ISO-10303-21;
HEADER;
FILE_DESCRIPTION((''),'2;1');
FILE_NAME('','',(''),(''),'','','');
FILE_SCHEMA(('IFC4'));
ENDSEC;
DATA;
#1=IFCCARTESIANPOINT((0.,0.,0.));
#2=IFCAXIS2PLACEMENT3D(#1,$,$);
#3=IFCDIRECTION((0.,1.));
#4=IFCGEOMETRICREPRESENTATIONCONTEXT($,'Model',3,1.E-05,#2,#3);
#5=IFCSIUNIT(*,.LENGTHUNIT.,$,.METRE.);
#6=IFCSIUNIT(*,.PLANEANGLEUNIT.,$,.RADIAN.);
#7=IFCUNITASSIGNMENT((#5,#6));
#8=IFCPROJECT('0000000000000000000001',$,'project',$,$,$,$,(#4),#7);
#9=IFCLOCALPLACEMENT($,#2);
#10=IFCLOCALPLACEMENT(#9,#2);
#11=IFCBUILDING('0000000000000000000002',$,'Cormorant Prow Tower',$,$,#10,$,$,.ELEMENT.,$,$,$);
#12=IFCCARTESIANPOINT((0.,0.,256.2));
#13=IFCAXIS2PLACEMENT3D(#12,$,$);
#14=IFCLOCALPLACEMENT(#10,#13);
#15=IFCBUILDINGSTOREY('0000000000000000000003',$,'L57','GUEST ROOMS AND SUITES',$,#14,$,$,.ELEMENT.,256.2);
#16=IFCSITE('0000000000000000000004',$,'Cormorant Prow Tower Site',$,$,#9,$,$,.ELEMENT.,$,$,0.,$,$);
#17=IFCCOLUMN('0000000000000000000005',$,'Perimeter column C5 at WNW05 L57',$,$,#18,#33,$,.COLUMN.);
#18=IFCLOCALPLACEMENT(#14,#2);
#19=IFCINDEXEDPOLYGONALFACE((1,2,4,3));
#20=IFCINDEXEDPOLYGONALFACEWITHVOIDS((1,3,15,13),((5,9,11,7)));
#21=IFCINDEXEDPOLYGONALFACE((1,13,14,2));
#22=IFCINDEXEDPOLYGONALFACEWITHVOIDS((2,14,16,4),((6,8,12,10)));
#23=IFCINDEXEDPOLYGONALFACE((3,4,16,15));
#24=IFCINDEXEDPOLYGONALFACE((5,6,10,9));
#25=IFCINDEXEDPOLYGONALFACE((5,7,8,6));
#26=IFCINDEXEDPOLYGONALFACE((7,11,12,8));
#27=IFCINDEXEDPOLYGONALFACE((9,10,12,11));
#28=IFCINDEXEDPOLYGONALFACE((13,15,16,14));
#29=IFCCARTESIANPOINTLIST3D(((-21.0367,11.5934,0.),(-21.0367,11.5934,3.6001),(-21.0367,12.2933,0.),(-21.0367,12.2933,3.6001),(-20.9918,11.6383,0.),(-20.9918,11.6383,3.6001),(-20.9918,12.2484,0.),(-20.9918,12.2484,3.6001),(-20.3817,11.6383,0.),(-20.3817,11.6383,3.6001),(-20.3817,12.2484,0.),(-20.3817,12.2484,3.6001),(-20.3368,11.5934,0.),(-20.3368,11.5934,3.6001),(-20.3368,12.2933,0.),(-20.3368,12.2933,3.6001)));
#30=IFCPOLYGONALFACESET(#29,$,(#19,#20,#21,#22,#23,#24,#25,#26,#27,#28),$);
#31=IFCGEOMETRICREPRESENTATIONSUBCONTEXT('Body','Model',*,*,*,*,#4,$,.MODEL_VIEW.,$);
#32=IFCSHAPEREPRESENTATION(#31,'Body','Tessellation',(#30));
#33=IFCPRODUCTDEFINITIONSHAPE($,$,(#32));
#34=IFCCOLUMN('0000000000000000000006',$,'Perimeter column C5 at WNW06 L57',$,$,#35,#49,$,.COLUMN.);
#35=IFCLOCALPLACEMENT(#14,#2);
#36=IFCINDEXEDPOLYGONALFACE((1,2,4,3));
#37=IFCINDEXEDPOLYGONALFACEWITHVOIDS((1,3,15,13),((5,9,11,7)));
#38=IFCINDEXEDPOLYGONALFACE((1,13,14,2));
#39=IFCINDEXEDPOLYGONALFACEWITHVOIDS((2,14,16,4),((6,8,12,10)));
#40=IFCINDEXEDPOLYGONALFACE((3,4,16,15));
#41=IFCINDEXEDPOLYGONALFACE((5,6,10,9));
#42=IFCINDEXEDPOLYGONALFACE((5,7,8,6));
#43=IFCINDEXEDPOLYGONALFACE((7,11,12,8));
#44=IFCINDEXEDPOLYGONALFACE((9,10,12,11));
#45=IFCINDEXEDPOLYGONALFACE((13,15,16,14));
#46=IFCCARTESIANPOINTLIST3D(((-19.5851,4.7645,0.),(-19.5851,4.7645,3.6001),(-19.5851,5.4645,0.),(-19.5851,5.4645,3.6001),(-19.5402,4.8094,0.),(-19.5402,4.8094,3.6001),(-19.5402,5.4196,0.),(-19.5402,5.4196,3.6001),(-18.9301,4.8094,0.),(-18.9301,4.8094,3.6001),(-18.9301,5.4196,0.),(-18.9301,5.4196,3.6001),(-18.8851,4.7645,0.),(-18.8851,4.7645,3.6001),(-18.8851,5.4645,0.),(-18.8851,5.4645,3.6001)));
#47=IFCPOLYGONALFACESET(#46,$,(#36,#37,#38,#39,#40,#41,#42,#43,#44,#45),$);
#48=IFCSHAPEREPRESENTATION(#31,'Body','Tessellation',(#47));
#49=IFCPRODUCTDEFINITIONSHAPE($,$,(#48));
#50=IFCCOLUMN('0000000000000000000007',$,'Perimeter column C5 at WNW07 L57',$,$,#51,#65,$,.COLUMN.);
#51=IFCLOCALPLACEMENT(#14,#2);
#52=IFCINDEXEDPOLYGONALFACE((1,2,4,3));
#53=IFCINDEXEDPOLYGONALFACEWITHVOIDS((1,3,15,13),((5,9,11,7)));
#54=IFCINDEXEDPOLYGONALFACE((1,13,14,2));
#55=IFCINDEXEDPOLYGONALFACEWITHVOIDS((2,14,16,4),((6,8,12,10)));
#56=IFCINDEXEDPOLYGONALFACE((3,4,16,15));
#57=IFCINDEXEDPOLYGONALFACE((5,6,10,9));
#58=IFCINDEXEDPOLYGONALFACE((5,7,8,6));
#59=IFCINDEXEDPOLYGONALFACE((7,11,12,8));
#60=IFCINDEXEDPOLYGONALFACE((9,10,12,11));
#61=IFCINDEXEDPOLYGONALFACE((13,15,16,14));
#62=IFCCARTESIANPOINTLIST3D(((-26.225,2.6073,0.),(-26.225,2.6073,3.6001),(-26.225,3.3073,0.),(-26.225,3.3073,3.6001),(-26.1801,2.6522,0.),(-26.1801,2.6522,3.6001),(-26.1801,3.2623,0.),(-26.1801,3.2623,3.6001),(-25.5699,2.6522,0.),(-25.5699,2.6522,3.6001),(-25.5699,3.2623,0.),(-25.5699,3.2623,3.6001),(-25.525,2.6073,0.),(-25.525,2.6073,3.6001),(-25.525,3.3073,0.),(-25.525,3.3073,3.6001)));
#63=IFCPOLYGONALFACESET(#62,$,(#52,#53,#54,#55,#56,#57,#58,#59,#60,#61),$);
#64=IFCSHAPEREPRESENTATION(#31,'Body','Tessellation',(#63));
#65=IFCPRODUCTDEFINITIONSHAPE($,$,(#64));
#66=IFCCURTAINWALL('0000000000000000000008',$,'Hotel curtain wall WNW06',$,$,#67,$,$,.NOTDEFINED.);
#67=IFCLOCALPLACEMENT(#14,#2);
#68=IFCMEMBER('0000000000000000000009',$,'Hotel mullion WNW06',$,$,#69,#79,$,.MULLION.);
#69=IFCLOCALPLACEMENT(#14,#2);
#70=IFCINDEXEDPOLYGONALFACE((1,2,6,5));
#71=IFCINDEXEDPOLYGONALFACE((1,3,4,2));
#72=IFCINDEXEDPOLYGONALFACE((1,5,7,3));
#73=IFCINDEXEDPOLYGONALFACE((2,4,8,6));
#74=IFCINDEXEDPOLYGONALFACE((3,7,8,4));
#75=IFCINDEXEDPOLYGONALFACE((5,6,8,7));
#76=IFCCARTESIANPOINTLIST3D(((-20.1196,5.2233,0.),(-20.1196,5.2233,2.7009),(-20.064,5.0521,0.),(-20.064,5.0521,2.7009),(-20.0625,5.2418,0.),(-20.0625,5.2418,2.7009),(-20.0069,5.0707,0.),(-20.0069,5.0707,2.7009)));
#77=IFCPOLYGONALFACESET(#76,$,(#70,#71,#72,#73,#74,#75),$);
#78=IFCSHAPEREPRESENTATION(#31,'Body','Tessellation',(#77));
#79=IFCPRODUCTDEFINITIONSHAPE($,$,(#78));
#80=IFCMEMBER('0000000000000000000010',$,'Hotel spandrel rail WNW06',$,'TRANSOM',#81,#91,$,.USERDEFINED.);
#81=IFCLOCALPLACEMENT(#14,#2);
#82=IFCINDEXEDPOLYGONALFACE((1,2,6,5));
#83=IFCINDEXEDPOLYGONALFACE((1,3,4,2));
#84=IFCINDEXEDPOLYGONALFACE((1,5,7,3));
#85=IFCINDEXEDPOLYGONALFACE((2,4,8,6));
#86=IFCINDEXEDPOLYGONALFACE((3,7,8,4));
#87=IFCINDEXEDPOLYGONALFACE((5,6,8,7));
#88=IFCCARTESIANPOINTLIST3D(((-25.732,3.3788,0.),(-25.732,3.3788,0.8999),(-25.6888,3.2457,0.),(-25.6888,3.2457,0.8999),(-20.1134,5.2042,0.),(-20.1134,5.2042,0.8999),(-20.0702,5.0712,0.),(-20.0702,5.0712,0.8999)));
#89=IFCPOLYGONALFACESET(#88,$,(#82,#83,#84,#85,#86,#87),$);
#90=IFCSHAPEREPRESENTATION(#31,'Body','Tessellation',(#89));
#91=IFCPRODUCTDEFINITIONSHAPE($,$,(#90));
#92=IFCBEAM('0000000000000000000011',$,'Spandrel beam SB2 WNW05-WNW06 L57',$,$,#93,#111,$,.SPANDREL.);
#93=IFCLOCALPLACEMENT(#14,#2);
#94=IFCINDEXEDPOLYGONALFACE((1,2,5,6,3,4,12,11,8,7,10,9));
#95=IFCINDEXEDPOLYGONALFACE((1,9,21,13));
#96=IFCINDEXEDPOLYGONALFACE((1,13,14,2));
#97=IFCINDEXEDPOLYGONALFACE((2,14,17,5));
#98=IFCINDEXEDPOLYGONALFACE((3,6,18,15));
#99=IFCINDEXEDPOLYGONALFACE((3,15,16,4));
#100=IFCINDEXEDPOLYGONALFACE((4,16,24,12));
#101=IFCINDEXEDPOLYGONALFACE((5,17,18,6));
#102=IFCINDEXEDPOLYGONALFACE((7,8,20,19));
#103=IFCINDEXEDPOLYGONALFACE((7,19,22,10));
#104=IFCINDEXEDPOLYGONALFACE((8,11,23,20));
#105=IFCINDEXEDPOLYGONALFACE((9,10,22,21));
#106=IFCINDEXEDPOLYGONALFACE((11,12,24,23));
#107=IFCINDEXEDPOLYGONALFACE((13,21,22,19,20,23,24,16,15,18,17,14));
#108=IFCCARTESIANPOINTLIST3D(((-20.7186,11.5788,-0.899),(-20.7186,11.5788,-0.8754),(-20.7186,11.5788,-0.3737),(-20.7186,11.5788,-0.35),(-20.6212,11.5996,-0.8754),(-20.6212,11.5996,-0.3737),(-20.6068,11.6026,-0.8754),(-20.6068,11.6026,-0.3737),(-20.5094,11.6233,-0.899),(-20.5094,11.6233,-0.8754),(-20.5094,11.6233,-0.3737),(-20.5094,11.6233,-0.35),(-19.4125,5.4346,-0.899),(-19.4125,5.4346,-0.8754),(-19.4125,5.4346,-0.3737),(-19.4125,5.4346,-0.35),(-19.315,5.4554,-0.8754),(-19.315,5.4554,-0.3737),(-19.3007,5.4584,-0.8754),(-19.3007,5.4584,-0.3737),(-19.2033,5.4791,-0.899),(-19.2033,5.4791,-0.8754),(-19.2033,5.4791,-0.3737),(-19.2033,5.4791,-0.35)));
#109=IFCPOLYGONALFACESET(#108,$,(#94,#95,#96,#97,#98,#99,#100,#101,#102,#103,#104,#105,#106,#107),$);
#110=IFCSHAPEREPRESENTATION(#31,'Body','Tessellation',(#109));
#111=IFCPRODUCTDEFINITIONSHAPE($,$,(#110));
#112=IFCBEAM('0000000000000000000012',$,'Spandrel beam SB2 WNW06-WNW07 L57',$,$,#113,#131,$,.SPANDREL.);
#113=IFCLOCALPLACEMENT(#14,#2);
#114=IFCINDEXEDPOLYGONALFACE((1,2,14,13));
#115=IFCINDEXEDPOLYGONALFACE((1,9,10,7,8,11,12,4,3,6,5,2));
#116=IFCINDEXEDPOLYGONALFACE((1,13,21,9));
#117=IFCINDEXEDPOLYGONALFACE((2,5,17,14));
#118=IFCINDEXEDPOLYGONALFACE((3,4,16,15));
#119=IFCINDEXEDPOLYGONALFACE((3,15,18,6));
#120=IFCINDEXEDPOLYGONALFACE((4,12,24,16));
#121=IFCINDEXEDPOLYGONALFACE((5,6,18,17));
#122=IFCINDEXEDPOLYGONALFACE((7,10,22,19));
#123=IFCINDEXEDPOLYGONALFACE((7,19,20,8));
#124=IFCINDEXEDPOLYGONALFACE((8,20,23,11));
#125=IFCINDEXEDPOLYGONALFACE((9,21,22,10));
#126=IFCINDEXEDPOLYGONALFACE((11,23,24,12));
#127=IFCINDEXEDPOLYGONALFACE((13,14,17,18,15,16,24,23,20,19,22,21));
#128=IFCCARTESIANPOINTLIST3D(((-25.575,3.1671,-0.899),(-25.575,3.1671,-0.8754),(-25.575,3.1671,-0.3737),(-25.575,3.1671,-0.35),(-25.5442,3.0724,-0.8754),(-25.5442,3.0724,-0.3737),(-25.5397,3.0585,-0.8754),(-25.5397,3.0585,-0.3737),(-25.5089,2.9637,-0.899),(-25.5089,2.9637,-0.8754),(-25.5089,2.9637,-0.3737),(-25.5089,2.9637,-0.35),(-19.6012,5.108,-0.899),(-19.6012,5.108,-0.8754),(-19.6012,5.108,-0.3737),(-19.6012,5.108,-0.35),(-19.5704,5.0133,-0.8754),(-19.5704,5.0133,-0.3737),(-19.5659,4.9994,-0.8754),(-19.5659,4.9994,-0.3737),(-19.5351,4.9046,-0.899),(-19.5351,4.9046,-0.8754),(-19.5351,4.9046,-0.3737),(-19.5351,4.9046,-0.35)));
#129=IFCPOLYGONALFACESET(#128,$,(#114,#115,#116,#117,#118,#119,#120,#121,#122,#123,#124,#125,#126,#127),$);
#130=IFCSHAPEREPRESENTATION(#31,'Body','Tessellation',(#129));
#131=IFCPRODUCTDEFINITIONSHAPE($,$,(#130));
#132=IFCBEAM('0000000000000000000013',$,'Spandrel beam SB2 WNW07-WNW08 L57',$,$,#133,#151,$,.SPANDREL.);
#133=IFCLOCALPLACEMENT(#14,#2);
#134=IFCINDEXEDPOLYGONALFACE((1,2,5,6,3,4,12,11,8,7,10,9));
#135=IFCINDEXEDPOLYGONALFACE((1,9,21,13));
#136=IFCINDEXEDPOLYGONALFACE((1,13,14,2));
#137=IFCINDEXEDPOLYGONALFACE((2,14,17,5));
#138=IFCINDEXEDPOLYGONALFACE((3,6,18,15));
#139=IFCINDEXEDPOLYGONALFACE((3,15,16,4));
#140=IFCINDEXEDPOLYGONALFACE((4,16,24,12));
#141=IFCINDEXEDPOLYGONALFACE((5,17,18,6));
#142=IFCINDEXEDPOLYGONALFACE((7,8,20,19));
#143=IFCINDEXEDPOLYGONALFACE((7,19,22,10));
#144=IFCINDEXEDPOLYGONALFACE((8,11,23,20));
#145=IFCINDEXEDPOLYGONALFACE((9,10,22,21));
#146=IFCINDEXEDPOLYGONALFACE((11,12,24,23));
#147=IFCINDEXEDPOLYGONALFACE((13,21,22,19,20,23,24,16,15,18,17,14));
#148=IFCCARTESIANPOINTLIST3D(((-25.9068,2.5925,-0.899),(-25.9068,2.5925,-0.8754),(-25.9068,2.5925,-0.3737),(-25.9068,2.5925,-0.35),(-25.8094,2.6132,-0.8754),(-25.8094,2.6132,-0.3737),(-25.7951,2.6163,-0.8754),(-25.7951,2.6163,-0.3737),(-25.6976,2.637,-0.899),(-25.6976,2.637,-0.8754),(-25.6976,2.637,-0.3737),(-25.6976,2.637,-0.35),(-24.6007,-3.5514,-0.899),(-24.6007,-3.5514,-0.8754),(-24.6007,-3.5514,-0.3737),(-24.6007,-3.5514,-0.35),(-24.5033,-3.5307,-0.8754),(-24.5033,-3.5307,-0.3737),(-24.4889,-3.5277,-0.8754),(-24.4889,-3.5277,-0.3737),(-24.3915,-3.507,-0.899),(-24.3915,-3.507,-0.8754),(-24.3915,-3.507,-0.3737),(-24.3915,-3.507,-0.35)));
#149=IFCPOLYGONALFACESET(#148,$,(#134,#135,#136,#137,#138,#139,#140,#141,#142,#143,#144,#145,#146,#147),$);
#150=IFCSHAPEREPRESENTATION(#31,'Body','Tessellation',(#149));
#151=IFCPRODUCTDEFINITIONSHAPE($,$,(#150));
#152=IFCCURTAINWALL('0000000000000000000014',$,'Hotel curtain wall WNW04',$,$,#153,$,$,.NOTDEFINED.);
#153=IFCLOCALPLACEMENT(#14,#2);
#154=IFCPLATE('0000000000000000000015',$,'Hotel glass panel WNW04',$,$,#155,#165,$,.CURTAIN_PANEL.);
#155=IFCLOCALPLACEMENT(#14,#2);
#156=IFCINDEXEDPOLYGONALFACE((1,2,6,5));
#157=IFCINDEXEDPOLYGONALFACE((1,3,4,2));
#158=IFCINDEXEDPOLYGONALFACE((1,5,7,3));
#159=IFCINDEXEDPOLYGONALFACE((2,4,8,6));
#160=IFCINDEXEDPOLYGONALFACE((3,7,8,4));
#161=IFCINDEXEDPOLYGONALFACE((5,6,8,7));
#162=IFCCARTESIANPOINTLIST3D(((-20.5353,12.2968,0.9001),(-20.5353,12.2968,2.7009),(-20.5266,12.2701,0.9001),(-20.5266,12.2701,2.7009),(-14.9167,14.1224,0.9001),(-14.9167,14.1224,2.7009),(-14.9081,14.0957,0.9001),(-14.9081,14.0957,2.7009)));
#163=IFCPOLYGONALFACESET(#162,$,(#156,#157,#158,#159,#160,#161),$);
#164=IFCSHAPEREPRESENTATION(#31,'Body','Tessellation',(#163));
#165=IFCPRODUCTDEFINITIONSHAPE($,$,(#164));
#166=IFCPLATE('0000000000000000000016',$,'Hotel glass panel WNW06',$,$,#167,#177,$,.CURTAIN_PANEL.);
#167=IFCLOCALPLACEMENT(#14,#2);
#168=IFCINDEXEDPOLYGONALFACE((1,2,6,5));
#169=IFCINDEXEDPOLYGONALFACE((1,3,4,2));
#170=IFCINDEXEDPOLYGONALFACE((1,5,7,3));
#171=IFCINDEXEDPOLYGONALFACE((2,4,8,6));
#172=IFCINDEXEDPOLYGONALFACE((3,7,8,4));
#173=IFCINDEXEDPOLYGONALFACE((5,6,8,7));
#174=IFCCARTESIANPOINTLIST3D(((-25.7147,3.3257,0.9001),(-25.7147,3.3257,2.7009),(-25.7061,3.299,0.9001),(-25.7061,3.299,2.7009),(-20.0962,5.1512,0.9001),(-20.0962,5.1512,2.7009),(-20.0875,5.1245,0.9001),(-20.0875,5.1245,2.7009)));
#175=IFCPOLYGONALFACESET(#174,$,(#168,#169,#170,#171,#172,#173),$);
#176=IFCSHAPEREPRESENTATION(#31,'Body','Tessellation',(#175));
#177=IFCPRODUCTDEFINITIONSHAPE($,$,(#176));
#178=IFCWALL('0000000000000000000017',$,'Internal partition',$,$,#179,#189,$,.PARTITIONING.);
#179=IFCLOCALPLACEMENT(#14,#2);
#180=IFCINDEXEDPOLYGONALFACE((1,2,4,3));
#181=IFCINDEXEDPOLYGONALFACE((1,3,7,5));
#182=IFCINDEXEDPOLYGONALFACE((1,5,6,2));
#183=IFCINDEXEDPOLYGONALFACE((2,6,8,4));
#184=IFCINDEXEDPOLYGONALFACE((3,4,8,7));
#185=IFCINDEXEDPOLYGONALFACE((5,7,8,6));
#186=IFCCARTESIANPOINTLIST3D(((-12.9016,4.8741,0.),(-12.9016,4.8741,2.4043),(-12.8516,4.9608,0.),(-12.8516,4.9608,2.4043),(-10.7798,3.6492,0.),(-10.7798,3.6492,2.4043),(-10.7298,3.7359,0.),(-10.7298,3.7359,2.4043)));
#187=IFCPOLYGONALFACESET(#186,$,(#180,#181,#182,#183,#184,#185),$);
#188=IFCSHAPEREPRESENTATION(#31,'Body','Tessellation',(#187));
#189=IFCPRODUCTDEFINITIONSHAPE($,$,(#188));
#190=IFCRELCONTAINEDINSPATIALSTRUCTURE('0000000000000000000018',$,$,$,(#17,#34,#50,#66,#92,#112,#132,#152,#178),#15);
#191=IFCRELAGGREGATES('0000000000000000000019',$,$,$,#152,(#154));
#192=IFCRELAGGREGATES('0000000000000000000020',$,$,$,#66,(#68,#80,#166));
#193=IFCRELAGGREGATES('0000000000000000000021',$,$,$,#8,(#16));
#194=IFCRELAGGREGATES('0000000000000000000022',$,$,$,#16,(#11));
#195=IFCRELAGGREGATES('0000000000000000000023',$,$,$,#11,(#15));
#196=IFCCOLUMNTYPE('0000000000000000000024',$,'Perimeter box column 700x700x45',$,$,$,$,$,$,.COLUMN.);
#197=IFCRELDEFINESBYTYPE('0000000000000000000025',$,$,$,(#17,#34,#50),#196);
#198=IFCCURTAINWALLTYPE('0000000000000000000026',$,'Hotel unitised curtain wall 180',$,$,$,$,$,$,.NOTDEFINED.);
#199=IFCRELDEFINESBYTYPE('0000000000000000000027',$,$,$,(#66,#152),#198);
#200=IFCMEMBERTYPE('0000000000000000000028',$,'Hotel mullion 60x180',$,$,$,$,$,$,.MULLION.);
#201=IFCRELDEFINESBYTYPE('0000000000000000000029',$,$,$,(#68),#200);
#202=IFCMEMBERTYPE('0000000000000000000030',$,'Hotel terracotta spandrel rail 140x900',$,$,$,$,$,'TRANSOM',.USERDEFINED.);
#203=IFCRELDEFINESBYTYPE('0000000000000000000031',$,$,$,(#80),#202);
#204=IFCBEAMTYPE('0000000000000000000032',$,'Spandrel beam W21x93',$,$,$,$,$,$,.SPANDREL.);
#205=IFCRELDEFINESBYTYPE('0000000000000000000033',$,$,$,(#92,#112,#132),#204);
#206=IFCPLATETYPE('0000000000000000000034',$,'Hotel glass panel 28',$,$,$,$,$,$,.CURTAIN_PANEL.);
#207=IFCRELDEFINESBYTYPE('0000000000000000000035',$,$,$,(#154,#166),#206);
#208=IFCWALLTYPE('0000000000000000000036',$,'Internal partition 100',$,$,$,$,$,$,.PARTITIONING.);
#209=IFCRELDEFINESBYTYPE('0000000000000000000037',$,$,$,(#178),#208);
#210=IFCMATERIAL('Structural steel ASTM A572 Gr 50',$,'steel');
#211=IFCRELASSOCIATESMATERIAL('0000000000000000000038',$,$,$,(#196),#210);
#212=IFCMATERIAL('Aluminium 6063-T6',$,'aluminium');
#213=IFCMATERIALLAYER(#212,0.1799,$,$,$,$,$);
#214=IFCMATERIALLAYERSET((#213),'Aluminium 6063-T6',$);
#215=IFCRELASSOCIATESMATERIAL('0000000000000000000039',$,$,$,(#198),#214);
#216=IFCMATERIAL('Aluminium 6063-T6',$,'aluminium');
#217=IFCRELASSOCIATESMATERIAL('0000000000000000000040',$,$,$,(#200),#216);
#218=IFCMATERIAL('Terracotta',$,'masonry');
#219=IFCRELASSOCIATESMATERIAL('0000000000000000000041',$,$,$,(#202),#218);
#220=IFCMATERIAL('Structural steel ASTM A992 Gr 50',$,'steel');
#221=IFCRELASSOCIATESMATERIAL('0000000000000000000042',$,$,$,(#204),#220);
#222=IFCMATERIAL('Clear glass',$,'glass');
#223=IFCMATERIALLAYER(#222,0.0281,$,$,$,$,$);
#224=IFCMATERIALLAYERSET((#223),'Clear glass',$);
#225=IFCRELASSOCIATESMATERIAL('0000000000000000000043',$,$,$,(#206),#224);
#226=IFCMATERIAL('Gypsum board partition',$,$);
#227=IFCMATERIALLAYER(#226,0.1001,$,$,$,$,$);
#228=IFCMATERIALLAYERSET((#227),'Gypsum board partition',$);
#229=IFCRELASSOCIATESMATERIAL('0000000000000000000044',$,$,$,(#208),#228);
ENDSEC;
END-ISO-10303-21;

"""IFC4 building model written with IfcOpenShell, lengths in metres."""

from ifc_helpers import new_model, si_unit, direction, frame, frame_2d, origin, origin_2d, place, context, subcontext, project, spatial, rectangle, hollow_rectangle, i_section, extrude, material, layer, layer_set, material_profile, profile_set, type_object, element, aggregate, save


model = new_model("IFC4")

# Units and contexts
model_context = context("Model", 3, precision=1e-05, world=origin(), true_north=direction((0.0, 1.0)))
body_context = subcontext(model_context, "Body", "Model", "MODEL_VIEW")
ifc_project = project(units=[si_unit("LENGTHUNIT", "METRE"), si_unit("PLANEANGLEUNIT", "RADIAN")], contexts=[model_context])

# Site, building, storey
site_placement = place(None, origin())
site = spatial("IfcSite", under=ifc_project, at=site_placement, Name="Cormorant Prow Tower Site", CompositionType="ELEMENT", RefElevation=0.0)
building_placement = place(site_placement, origin())
building = spatial("IfcBuilding", under=site, at=building_placement, Name="Cormorant Prow Tower", CompositionType="ELEMENT")
storey_placement = place(building_placement, frame((0.0, 0.0, 256.2)))
storey = spatial("IfcBuildingStorey", under=building, at=storey_placement, Name="L57", Description="GUEST ROOMS AND SUITES", CompositionType="ELEMENT", Elevation=256.2)

# Columns
ifc_material_1 = material(Name="Structural steel ASTM A572 Gr 50", Category="steel")
ifc_material_profile_1 = material_profile(ifc_material_1, hollow_rectangle(XDim=0.7, YDim=0.7, WallThickness=0.0449, at=origin_2d()), Name="Box 700x700x45")
ifc_profile_set_1 = profile_set([ifc_material_profile_1], Name="Structural steel ASTM A572 Gr 50")
column_type = type_object("IfcColumnType", Name="Perimeter box column 700x700x45", PredefinedType="COLUMN", material=ifc_profile_set_1)
for number, where, z_axis, x_axis, name in (
    (1, (-20.6868, 11.9434, 0.0), (0.0, 0.0, 1.0), (1.0, 0.0, 0.0), "Perimeter column C5 at WNW05 L57"),
    (2, (-19.2351, 5.1145, 0.0), (0.0, 0.0, 1.0), (1.0, 0.0, 0.0), "Perimeter column C5 at WNW06 L57"),
    (3, (-25.875, 2.9573, 0.0), (0.0, 0.0, 1.0), (1.0, 0.0, 0.0), "Perimeter column C5 at WNW07 L57"),
):
    element("IfcColumn", number, at=place(storey_placement, frame(where, z_axis=z_axis, x_axis=x_axis)), inside=storey, type_object=column_type, Name=name, PredefinedType="COLUMN", context=body_context, shape_type="SweptSolid", body=[
        extrude(hollow_rectangle(XDim=0.7, YDim=0.7, WallThickness=0.0449, at=origin_2d()), origin(), (0.0, 0.0, 1.0), 3.6001),
    ])

# Curtain wall, members
ifc_material_2 = material(Name="Aluminium 6063-T6", Category="aluminium")
ifc_layer_1 = layer(ifc_material_2, 0.1799)
ifc_layer_set_1 = layer_set([ifc_layer_1], Name="Aluminium 6063-T6")
curtain_wall_type = type_object("IfcCurtainWallType", Name="Hotel unitised curtain wall 180", PredefinedType="NOTDEFINED", material=ifc_layer_set_1)
curtain_wall_1_placement = place(storey_placement, origin())
curtain_wall_1 = element("IfcCurtainWall", 4, at=curtain_wall_1_placement, inside=storey, type_object=curtain_wall_type, Name="Hotel curtain wall WNW06", PredefinedType="NOTDEFINED")
ifc_material_3 = material(Name="Aluminium 6063-T6", Category="aluminium")
ifc_material_profile_2 = material_profile(ifc_material_3, rectangle(XDim=0.1799, YDim=0.0601, at=origin_2d()), Name="Hotel mullion 60x180")
ifc_profile_set_2 = profile_set([ifc_material_profile_2], Name="Aluminium 6063-T6")
member_type_1 = type_object("IfcMemberType", Name="Hotel mullion 60x180", PredefinedType="MULLION", material=ifc_profile_set_2)
member_1_placement = place(storey_placement, frame((-20.0632, 5.147, 0.0), z_axis=(0.0, 0.0, 1.0), x_axis=(0.309017, -0.951057, 0.0)))
member_1 = element("IfcMember", 5, at=member_1_placement, type_object=member_type_1, Name="Hotel mullion WNW06", PredefinedType="MULLION", context=body_context, shape_type="SweptSolid", body=[
    extrude(rectangle(XDim=0.1799, YDim=0.0601, at=origin_2d()), origin(), (0.0, 0.0, 1.0), 2.7009),
])
ifc_material_4 = material(Name="Terracotta", Category="masonry")
ifc_material_profile_3 = material_profile(ifc_material_4, rectangle(XDim=0.1399, YDim=0.8999, at=origin_2d()), Name="Hotel terracotta spandrel rail 140x900")
ifc_profile_set_3 = profile_set([ifc_material_profile_3], Name="Terracotta")
member_type_2 = type_object("IfcMemberType", Name="Hotel terracotta spandrel rail 140x900", ElementType="TRANSOM", PredefinedType="USERDEFINED", material=ifc_profile_set_3)
member_2_placement = place(storey_placement, frame((-20.0918, 5.1377, 0.45), z_axis=(-0.951065, -0.308991, 0.0), x_axis=(0.308991, -0.951065, 0.0)))
member_2 = element("IfcMember", 6, at=member_2_placement, type_object=member_type_2, Name="Hotel spandrel rail WNW06", ObjectType="TRANSOM", PredefinedType="USERDEFINED", context=body_context, shape_type="SweptSolid", body=[
    extrude(rectangle(XDim=0.1399, YDim=0.8999, at=origin_2d()), origin(), (0.0, 0.0, 1.0), 5.9077),
])

# Beams
ifc_material_5 = material(Name="Structural steel ASTM A992 Gr 50", Category="steel")
ifc_material_profile_4 = material_profile(ifc_material_5, i_section(OverallWidth=0.2139, OverallDepth=0.5491, WebThickness=0.0146, FlangeThickness=0.0237, at=origin_2d()), Name="W21x93")
ifc_profile_set_4 = profile_set([ifc_material_profile_4], Name="Structural steel ASTM A992 Gr 50")
beam_type = type_object("IfcBeamType", Name="Spandrel beam W21x93", PredefinedType="SPANDREL", material=ifc_profile_set_4)
beam_placement = place(storey_placement, frame((-20.614, 11.6011, -0.6245), z_axis=(0.207934, -0.978143, 0.0), x_axis=(0.978143, 0.207934, 0.0)))
element("IfcBeam", 7, at=beam_placement, inside=storey, type_object=beam_type, Name="Spandrel beam SB2 WNW05-WNW06 L57", PredefinedType="SPANDREL", context=body_context, shape_type="SweptSolid", body=[
    extrude(i_section(OverallWidth=0.2139, OverallDepth=0.5491, WebThickness=0.0146, FlangeThickness=0.0237, at=origin_2d()), origin(), (0.0, 0.0, 1.0), 6.2815),
])
for number, where, z_axis, x_axis, name in (
    (8, (-19.5681, 5.0063, -0.6245), (-0.951062, -0.309001, 0.0), (0.309001, -0.951062, 0.0), "Spandrel beam SB2 WNW06-WNW07 L57"),
    (9, (-25.8022, 2.6147, -0.6245), (0.207941, -0.978141, 0.0), (0.978141, 0.207941, 0.0), "Spandrel beam SB2 WNW07-WNW08 L57"),
):
    element("IfcBeam", number, at=place(storey_placement, frame(where, z_axis=z_axis, x_axis=x_axis)), inside=storey, type_object=beam_type, Name=name, PredefinedType="SPANDREL", context=body_context, shape_type="SweptSolid", body=[
        extrude(i_section(OverallWidth=0.2139, OverallDepth=0.5491, WebThickness=0.0146, FlangeThickness=0.0237, at=origin_2d()), origin(), (0.0, 0.0, 1.0), 6.2812),
    ])

# Curtain wall, plate
curtain_wall_2_placement = place(storey_placement, origin())
curtain_wall_2 = element("IfcCurtainWall", 10, at=curtain_wall_2_placement, inside=storey, type_object=curtain_wall_type, Name="Hotel curtain wall WNW04", PredefinedType="NOTDEFINED")
ifc_material_6 = material(Name="Clear glass", Category="glass")
ifc_layer_2 = layer(ifc_material_6, 0.0281)
ifc_layer_set_2 = layer_set([ifc_layer_2], Name="Clear glass")
plate_type = type_object("IfcPlateType", Name="Hotel glass panel 28", PredefinedType="CURTAIN_PANEL", material=ifc_layer_set_2)
plate_1_placement = place(storey_placement, frame((-17.7217, 13.1963, 0.9001), z_axis=(0.0, 0.0, 1.0), x_axis=(-0.951056, -0.309017, 0.0)))
plate_1 = element("IfcPlate", 11, at=plate_1_placement, type_object=plate_type, Name="Hotel glass panel WNW04", PredefinedType="CURTAIN_PANEL", context=body_context, shape_type="SweptSolid", body=[
    extrude(rectangle(XDim=5.9077, YDim=0.0281, at=origin_2d()), origin(), (0.0, 0.0, 1.0), 1.8008),
])
aggregate(curtain_wall_2, [plate_1])

# Plate
plate_2_placement = place(storey_placement, frame((-22.9011, 4.2251, 0.9001), z_axis=(0.0, 0.0, 1.0), x_axis=(-0.951057, -0.309017, 0.0)))
plate_2 = element("IfcPlate", 12, at=plate_2_placement, type_object=plate_type, Name="Hotel glass panel WNW06", PredefinedType="CURTAIN_PANEL", context=body_context, shape_type="SweptSolid", body=[
    extrude(rectangle(XDim=5.9077, YDim=0.0281, at=origin_2d()), origin(), (0.0, 0.0, 1.0), 1.8008),
])
aggregate(curtain_wall_1, [member_1, member_2, plate_2])

# Wall
ifc_material_7 = material(Name="Gypsum board partition")
ifc_layer_3 = layer(ifc_material_7, 0.1001)
ifc_layer_set_3 = layer_set([ifc_layer_3], Name="Gypsum board partition")
wall_type_1 = type_object("IfcWallType", Name="Internal partition 100", PredefinedType="PARTITIONING", material=ifc_layer_set_3)
for number, where, z_axis, x_axis, name in (
    (13, (-12.8767, 4.9175, 0.0), (0.0, 0.0, 1.0), (0.866058, -0.499944, 0.0), "Internal partition"),
):
    element("IfcWall", number, at=place(storey_placement, frame(where, z_axis=z_axis, x_axis=x_axis)), inside=storey, type_object=wall_type_1, Name=name, PredefinedType="PARTITIONING", context=body_context, shape_type="SweptSolid", body=[
        extrude(rectangle(XDim=2.45, YDim=0.1001, at=frame_2d((1.2251, 0.0))), origin(), (0.0, 0.0, 1.0), 2.4043),
    ])

save(model, "model.ifc")
